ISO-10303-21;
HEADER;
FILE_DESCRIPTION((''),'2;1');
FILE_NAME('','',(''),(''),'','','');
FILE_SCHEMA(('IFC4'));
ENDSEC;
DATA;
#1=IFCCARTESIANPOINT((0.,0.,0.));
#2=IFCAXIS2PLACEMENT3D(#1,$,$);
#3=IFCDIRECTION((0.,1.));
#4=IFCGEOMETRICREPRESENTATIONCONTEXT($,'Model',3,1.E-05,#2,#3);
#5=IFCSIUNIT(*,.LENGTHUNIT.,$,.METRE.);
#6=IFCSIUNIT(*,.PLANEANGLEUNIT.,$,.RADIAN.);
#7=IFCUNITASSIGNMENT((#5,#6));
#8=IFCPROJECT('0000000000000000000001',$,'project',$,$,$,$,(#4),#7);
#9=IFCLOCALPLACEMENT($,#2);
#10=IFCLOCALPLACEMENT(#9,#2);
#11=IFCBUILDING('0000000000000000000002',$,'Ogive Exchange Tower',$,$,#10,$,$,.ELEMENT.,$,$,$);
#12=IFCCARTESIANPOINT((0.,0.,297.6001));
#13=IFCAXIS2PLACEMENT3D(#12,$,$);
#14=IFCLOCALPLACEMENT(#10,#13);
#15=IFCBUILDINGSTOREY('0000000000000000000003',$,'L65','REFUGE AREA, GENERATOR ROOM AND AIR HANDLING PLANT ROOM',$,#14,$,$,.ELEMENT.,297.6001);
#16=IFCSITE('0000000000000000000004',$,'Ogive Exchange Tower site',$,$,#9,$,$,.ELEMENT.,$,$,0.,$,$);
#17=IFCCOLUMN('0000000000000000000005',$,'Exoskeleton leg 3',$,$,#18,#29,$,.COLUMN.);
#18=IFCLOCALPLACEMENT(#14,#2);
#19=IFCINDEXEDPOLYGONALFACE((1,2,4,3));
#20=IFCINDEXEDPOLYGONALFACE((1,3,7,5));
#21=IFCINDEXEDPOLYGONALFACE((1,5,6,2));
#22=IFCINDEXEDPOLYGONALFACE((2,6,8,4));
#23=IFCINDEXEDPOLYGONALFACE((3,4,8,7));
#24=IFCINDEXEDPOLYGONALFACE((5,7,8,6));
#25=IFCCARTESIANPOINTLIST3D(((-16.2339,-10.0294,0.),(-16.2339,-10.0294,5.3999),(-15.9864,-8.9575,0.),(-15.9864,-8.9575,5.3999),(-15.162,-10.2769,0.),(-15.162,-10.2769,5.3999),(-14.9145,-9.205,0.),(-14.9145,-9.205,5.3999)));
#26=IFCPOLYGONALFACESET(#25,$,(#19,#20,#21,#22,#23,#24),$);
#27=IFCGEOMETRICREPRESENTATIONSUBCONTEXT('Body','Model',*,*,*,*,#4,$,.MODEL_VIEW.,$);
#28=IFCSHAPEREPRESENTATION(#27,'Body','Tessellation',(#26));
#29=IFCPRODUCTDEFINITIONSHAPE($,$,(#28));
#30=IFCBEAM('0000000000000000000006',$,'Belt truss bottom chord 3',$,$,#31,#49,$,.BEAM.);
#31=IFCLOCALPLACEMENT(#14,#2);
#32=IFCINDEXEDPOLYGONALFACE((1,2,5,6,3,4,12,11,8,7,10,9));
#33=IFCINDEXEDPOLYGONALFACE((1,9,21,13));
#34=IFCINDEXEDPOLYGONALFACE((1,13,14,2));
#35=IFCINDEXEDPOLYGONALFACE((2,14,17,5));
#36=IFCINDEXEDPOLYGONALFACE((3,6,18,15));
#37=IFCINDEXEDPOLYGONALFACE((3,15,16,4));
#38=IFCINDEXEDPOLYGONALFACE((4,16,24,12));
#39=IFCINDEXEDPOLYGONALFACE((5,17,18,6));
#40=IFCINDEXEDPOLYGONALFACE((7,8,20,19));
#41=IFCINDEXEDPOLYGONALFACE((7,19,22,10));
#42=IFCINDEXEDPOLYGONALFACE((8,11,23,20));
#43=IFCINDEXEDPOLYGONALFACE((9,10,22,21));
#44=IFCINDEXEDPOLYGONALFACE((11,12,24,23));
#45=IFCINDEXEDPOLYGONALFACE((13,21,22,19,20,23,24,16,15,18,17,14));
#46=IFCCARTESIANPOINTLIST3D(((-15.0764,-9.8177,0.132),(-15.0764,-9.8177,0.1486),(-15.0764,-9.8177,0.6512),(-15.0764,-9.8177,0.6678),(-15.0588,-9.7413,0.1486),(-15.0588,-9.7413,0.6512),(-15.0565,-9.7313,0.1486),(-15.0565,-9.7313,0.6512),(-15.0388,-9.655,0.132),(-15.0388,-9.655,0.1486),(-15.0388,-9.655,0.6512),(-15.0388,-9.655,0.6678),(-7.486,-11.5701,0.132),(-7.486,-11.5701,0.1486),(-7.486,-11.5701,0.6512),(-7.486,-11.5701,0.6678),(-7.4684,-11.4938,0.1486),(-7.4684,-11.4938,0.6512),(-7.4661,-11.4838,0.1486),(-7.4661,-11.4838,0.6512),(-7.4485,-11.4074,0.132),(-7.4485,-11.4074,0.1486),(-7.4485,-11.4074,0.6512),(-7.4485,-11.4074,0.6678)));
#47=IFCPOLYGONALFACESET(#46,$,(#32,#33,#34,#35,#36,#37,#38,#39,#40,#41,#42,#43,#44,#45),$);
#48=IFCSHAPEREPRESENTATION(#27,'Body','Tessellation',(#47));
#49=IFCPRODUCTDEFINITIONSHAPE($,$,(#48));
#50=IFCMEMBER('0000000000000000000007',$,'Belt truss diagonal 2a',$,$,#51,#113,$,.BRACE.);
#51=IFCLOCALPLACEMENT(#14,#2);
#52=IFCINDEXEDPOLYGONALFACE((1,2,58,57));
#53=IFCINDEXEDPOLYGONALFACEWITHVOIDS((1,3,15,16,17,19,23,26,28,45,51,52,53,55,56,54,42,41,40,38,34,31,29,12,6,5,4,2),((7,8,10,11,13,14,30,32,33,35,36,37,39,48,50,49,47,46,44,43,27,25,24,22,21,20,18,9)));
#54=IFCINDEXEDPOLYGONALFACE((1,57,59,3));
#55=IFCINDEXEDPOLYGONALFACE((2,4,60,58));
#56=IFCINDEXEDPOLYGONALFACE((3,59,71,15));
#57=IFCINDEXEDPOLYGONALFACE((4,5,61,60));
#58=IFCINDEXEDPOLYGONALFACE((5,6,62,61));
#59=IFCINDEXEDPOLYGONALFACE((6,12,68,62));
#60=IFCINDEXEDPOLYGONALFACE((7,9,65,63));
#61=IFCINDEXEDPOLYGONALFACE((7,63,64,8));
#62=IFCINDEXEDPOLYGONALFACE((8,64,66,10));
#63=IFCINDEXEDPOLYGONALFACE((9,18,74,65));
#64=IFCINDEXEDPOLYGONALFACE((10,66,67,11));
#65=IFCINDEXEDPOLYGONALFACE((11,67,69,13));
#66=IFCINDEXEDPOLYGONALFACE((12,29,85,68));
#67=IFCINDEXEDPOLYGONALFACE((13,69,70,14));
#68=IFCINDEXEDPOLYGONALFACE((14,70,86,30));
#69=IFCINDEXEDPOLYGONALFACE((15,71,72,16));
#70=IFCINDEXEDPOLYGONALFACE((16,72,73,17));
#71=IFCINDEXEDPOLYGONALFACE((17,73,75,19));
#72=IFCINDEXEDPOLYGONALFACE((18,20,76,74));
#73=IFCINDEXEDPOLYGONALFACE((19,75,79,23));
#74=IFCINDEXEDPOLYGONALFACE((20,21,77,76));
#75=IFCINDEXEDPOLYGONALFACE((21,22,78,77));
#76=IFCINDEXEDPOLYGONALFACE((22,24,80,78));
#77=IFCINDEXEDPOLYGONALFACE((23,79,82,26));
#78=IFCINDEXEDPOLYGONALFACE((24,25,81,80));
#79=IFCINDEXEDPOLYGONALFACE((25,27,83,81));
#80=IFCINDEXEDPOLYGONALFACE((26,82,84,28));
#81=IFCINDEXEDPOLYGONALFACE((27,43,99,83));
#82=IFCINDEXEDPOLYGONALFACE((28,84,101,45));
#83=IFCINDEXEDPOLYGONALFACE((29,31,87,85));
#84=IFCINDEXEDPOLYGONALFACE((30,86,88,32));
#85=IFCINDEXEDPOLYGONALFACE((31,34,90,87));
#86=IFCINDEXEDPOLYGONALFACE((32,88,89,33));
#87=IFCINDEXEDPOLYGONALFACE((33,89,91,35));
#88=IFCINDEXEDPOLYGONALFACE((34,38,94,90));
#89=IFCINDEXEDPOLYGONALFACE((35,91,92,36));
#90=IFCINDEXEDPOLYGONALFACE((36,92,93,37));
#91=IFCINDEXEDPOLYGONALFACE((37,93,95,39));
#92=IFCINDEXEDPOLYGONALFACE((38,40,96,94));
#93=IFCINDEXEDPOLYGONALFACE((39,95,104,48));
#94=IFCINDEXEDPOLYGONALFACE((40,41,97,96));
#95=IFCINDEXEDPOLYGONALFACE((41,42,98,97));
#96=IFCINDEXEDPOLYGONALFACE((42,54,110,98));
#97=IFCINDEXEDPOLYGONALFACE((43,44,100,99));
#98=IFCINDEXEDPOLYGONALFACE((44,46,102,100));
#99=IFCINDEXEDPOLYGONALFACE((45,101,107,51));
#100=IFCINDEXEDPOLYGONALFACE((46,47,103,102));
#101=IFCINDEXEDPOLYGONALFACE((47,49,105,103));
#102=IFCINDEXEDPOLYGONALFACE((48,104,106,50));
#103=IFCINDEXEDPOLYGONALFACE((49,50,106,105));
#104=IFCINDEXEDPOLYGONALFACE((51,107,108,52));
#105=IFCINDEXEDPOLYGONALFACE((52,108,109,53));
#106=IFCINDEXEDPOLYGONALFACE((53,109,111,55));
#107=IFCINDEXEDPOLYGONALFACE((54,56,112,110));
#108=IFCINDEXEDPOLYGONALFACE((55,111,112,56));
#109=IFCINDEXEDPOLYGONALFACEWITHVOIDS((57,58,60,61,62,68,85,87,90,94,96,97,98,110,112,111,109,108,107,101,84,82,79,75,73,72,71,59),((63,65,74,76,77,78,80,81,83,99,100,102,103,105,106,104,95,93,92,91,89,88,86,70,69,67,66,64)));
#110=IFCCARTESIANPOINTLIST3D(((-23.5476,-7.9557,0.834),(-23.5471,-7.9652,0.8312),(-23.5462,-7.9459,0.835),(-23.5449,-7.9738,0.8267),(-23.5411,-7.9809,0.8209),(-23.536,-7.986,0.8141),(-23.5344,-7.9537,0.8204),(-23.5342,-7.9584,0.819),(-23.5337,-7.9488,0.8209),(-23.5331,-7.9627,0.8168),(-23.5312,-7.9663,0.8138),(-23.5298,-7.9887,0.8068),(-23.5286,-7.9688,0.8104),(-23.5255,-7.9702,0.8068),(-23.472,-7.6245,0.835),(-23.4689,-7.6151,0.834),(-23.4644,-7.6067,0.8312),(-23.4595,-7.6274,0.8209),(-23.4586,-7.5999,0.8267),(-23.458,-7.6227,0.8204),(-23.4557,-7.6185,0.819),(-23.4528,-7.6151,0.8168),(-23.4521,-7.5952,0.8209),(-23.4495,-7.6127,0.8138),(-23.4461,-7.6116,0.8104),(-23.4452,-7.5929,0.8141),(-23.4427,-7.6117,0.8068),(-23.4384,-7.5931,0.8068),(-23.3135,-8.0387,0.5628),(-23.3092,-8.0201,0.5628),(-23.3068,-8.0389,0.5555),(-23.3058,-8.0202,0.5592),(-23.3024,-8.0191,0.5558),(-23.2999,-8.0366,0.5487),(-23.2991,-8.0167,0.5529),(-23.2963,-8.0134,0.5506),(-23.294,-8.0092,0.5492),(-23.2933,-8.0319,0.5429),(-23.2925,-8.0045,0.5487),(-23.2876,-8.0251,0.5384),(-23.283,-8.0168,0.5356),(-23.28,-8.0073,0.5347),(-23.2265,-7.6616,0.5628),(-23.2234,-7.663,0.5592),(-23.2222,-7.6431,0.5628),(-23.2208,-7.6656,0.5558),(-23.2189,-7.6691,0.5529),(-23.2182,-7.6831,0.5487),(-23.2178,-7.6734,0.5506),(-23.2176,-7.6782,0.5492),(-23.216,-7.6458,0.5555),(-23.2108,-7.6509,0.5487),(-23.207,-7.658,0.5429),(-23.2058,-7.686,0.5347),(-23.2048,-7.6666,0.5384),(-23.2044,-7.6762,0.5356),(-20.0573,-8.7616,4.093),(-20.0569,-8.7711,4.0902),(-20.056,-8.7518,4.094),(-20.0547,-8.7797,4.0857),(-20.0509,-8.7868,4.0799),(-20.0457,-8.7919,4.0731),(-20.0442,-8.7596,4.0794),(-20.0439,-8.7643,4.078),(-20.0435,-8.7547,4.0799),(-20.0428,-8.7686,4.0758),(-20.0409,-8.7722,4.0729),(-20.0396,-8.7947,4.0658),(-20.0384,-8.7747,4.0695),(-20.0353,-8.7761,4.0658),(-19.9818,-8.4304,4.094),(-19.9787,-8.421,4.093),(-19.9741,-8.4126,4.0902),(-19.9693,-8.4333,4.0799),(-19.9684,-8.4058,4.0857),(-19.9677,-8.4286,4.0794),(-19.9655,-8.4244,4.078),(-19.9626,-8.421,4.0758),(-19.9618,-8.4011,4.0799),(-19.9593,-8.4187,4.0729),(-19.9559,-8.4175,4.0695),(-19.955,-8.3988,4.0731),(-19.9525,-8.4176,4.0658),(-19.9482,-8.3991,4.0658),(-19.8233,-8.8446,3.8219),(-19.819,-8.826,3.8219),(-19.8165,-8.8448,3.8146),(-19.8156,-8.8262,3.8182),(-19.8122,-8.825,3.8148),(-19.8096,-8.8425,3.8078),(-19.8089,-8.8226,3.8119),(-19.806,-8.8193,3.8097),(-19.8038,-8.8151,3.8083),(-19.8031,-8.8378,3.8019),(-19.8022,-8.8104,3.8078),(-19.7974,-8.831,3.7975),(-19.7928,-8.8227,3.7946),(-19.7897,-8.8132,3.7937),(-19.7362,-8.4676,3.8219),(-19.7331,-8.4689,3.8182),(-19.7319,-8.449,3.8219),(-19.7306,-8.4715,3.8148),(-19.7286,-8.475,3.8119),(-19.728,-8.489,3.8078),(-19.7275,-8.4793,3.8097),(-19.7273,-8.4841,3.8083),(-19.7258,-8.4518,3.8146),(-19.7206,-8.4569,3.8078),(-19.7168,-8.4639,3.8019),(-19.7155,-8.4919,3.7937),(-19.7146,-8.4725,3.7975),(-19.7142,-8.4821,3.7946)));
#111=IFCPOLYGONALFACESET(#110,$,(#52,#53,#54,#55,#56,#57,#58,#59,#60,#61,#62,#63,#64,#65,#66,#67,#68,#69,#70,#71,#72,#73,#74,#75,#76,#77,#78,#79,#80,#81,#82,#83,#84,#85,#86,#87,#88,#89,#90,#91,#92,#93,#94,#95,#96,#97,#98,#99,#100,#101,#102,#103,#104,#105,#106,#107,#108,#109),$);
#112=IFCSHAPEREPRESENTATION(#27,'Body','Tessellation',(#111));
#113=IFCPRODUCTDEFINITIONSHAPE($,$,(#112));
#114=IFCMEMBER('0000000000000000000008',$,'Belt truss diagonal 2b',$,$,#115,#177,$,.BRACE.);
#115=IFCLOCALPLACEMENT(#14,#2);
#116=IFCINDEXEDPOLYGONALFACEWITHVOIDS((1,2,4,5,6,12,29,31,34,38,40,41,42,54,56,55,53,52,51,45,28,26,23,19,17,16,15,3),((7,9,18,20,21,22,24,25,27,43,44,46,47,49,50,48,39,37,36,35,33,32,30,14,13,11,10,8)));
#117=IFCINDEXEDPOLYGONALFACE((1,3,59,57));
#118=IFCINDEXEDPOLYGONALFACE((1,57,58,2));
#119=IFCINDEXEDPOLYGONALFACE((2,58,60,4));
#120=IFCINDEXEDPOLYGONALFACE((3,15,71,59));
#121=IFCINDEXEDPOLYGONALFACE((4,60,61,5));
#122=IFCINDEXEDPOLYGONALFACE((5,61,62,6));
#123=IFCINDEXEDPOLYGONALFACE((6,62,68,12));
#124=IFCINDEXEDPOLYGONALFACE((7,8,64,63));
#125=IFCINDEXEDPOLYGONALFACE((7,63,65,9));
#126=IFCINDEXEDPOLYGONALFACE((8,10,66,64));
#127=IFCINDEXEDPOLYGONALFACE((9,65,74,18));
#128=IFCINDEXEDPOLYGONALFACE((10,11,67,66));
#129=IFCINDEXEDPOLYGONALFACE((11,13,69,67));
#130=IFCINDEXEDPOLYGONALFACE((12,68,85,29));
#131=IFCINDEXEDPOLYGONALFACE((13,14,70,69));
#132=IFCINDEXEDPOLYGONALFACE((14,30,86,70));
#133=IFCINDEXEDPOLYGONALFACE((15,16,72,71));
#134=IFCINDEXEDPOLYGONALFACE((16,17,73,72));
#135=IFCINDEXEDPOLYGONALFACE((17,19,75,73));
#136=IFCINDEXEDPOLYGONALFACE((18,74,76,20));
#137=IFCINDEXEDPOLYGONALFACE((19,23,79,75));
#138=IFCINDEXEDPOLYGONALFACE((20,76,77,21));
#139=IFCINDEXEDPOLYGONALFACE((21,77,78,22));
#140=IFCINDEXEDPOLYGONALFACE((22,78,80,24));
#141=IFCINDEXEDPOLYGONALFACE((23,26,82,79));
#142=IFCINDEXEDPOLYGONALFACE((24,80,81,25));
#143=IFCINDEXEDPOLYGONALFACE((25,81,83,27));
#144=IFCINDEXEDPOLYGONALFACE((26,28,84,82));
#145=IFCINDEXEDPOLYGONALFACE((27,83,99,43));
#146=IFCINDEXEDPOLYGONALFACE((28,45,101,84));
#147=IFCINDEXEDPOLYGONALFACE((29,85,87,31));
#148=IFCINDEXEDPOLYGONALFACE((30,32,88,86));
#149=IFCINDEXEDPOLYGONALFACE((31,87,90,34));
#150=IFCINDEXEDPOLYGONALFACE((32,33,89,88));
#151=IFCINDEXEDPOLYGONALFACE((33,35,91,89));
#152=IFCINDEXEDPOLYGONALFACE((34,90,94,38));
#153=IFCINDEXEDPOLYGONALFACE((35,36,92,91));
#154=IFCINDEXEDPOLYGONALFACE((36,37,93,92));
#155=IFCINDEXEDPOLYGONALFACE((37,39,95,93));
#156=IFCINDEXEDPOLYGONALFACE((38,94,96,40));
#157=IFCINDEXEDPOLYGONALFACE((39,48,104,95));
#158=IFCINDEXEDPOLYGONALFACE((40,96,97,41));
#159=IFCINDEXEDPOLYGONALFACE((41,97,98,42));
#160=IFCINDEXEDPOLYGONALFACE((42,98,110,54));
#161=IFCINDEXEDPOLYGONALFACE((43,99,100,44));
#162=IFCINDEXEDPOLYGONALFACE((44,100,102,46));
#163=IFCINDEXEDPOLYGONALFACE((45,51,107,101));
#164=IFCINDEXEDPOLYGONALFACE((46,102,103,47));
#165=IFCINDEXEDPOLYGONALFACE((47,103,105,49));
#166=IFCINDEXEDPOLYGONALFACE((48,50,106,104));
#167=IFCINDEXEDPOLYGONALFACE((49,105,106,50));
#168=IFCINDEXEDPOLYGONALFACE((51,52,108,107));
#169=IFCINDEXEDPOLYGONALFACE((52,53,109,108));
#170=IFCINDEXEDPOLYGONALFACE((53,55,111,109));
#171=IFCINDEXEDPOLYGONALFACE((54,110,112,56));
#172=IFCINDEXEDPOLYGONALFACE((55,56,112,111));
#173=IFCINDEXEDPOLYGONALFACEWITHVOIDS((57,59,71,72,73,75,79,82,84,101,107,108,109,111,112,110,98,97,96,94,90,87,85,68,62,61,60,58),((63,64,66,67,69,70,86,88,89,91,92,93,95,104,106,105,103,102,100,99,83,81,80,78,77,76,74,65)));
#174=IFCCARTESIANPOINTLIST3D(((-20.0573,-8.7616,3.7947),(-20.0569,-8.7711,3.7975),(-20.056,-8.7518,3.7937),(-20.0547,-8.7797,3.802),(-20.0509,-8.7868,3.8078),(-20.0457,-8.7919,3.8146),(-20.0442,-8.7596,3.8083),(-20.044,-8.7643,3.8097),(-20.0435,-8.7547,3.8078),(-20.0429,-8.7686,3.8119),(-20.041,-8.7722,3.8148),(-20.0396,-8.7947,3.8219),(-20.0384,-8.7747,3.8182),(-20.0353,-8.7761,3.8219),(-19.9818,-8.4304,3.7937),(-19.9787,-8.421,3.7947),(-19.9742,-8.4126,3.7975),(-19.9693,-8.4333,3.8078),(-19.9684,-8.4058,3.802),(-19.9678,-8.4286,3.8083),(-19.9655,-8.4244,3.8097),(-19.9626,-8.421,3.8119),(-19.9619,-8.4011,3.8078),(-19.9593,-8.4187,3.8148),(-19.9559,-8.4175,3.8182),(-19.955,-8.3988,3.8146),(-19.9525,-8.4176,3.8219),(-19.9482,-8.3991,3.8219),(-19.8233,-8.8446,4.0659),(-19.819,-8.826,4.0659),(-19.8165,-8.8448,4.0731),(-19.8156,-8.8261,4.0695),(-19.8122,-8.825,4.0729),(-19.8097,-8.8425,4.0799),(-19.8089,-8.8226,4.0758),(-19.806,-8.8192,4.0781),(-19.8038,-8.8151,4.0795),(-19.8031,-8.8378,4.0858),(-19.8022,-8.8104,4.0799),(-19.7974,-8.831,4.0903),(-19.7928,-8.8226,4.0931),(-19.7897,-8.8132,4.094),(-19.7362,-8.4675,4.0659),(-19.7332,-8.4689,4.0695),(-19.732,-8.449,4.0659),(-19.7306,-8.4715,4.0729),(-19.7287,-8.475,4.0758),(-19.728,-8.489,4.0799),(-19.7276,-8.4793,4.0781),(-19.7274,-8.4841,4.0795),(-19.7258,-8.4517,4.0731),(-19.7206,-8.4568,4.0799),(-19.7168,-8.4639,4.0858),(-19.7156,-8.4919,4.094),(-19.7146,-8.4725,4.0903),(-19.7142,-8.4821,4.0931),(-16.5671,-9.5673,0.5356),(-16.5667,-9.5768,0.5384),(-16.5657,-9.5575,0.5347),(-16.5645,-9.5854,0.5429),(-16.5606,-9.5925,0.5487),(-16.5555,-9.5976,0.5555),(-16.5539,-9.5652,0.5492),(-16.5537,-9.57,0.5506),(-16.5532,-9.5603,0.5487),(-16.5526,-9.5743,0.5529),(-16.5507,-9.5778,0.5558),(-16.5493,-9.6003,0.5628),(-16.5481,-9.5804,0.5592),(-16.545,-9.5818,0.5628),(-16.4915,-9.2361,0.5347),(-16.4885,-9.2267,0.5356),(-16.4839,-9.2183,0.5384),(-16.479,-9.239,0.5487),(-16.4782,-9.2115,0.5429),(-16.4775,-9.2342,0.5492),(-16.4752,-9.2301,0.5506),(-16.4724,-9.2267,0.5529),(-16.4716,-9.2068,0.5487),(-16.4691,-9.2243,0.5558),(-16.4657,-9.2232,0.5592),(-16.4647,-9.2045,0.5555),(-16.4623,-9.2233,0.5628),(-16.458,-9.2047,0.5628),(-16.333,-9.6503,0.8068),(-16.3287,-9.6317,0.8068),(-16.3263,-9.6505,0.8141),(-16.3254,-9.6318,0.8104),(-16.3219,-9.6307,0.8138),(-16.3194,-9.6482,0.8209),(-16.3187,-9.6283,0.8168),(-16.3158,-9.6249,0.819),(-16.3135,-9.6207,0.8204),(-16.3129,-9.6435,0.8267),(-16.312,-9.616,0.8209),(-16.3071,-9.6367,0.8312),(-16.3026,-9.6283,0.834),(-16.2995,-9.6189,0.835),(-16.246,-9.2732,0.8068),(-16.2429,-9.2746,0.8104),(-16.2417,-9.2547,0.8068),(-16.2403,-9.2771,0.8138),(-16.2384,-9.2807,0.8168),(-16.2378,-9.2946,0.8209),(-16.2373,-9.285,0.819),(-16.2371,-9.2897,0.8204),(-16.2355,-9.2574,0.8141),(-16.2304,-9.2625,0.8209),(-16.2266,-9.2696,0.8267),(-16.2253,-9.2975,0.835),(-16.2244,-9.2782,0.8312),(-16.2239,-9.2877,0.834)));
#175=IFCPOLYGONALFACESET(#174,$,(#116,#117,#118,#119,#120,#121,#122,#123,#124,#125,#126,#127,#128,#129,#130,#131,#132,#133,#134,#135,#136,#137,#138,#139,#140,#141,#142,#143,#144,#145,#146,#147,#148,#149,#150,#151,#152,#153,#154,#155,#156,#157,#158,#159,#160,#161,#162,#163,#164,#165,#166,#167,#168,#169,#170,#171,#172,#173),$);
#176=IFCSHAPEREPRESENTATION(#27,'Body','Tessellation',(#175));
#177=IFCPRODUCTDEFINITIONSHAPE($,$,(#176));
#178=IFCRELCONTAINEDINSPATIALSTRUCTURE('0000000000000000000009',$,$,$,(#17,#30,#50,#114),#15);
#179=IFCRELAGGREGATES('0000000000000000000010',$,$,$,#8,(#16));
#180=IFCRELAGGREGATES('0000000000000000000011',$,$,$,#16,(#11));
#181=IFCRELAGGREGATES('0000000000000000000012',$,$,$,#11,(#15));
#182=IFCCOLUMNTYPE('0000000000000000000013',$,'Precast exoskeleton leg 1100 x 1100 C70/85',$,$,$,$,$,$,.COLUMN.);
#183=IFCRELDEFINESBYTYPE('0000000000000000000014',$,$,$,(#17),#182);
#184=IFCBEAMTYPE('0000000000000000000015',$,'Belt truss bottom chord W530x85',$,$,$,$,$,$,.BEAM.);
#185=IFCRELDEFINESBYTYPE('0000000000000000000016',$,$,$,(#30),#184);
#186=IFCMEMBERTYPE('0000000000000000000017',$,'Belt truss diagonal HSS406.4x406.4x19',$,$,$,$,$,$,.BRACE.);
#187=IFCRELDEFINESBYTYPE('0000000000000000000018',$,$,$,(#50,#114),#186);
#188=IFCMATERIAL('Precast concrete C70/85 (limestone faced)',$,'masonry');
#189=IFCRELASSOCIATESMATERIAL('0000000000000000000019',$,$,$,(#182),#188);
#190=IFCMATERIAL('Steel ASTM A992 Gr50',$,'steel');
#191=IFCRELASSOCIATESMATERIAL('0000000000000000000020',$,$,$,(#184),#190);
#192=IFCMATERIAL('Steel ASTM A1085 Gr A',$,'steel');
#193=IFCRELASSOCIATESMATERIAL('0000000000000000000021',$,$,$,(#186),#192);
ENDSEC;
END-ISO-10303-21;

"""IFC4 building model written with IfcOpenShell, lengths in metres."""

from ifc_helpers import new_model, si_unit, direction, frame, origin, origin_2d, place, context, subcontext, project, spatial, rectangle, hollow_rectangle, i_section, extrude, material, material_profile, profile_set, type_object, element, save


model = new_model("IFC4")

# Units and contexts
model_context = context("Model", 3, precision=1e-05, world=origin(), true_north=direction((0.0, 1.0)))
body_context = subcontext(model_context, "Body", "Model", "MODEL_VIEW")
ifc_project = project(units=[si_unit("LENGTHUNIT", "METRE"), si_unit("PLANEANGLEUNIT", "RADIAN")], contexts=[model_context])

# Site, building, storey
site_placement = place(None, origin())
site = spatial("IfcSite", under=ifc_project, at=site_placement, Name="Ogive Exchange Tower site", CompositionType="ELEMENT", RefElevation=0.0)
building_placement = place(site_placement, origin())
building = spatial("IfcBuilding", under=site, at=building_placement, Name="Ogive Exchange Tower", CompositionType="ELEMENT")
storey_placement = place(building_placement, frame((0.0, 0.0, 297.6001)))
storey = spatial("IfcBuildingStorey", under=building, at=storey_placement, Name="L65", Description="REFUGE AREA, GENERATOR ROOM AND AIR HANDLING PLANT ROOM", CompositionType="ELEMENT", Elevation=297.6001)

# Column
ifc_material_1 = material(Name="Precast concrete C70/85 (limestone faced)", Category="masonry")
ifc_material_profile_1 = material_profile(ifc_material_1, rectangle(XDim=1.1001, YDim=1.1001, at=origin_2d()), Name="1100 x 1100")
ifc_profile_set_1 = profile_set([ifc_material_profile_1], Name="Precast concrete C70/85 (limestone faced)")
column_type = type_object("IfcColumnType", Name="Precast exoskeleton leg 1100 x 1100 C70/85", PredefinedType="COLUMN", material=ifc_profile_set_1)
column_placement = place(storey_placement, frame((-15.5742, -9.6172, 0.0), z_axis=(0.0, 0.0, 1.0), x_axis=(0.97437, -0.224951, 0.0)))
element("IfcColumn", 1, at=column_placement, inside=storey, type_object=column_type, Name="Exoskeleton leg 3", PredefinedType="COLUMN", context=body_context, shape_type="SweptSolid", body=[
    extrude(rectangle(XDim=1.1001, YDim=1.1001, at=origin_2d()), origin(), (0.0, 0.0, 1.0), 5.3999),
])

# Beam
ifc_material_2 = material(Name="Steel ASTM A992 Gr50", Category="steel")
ifc_material_profile_2 = material_profile(ifc_material_2, i_section(OverallWidth=0.167, OverallDepth=0.5359, WebThickness=0.0103, FlangeThickness=0.0166, at=origin_2d()), Name="W530x85")
ifc_profile_set_2 = profile_set([ifc_material_profile_2], Name="Steel ASTM A992 Gr50")
beam_type_1 = type_object("IfcBeamType", Name="Belt truss bottom chord W530x85", PredefinedType="BEAM", material=ifc_profile_set_2)
beam_1_placement = place(storey_placement, frame((-15.0576, -9.7363, 0.3999), z_axis=(0.974368, -0.22496, 0.0), x_axis=(0.22496, 0.974368, 0.0)))
element("IfcBeam", 2, at=beam_1_placement, inside=storey, type_object=beam_type_1, Name="Belt truss bottom chord 3", PredefinedType="BEAM", context=body_context, shape_type="SweptSolid", body=[
    extrude(i_section(OverallWidth=0.167, OverallDepth=0.5359, WebThickness=0.0103, FlangeThickness=0.0166, at=origin_2d()), origin(), (0.0, 0.0, 1.0), 7.79),
])

# Members
ifc_material_3 = material(Name="Steel ASTM A1085 Gr A", Category="steel")
ifc_material_profile_3 = material_profile(ifc_material_3, hollow_rectangle(XDim=0.406, YDim=0.406, WallThickness=0.019, InnerFilletRadius=0.019, OuterFilletRadius=0.0381, at=origin_2d()), Name="HSS406.4x406.4x19")
ifc_profile_set_3 = profile_set([ifc_material_profile_3], Name="Steel ASTM A1085 Gr A")
member_type_1 = type_object("IfcMemberType", Name="Belt truss diagonal HSS406.4x406.4x19", PredefinedType="BRACE", material=ifc_profile_set_3)
for number, where, z_axis, x_axis, name in (
    (3, (-23.376, -7.8159, 0.6848), (0.720709, -0.166414, 0.672967), (0.224984, 0.974362, 0.0), "Belt truss diagonal 2a"),
    (4, (-16.3955, -9.4275, 0.6848), (-0.720715, 0.166365, 0.672973), (-0.224919, -0.974377, 0.0), "Belt truss diagonal 2b"),
):
    element("IfcMember", number, at=place(storey_placement, frame(where, z_axis=z_axis, x_axis=x_axis)), inside=storey, type_object=member_type_1, Name=name, PredefinedType="BRACE", context=body_context, shape_type="SweptSolid", body=[
        extrude(hollow_rectangle(XDim=0.406, YDim=0.406, WallThickness=0.019, InnerFilletRadius=0.019, OuterFilletRadius=0.0381, at=origin_2d()), origin(), (0.0, 0.0, 1.0), 4.8428),
    ])

save(model, "model.ifc")
